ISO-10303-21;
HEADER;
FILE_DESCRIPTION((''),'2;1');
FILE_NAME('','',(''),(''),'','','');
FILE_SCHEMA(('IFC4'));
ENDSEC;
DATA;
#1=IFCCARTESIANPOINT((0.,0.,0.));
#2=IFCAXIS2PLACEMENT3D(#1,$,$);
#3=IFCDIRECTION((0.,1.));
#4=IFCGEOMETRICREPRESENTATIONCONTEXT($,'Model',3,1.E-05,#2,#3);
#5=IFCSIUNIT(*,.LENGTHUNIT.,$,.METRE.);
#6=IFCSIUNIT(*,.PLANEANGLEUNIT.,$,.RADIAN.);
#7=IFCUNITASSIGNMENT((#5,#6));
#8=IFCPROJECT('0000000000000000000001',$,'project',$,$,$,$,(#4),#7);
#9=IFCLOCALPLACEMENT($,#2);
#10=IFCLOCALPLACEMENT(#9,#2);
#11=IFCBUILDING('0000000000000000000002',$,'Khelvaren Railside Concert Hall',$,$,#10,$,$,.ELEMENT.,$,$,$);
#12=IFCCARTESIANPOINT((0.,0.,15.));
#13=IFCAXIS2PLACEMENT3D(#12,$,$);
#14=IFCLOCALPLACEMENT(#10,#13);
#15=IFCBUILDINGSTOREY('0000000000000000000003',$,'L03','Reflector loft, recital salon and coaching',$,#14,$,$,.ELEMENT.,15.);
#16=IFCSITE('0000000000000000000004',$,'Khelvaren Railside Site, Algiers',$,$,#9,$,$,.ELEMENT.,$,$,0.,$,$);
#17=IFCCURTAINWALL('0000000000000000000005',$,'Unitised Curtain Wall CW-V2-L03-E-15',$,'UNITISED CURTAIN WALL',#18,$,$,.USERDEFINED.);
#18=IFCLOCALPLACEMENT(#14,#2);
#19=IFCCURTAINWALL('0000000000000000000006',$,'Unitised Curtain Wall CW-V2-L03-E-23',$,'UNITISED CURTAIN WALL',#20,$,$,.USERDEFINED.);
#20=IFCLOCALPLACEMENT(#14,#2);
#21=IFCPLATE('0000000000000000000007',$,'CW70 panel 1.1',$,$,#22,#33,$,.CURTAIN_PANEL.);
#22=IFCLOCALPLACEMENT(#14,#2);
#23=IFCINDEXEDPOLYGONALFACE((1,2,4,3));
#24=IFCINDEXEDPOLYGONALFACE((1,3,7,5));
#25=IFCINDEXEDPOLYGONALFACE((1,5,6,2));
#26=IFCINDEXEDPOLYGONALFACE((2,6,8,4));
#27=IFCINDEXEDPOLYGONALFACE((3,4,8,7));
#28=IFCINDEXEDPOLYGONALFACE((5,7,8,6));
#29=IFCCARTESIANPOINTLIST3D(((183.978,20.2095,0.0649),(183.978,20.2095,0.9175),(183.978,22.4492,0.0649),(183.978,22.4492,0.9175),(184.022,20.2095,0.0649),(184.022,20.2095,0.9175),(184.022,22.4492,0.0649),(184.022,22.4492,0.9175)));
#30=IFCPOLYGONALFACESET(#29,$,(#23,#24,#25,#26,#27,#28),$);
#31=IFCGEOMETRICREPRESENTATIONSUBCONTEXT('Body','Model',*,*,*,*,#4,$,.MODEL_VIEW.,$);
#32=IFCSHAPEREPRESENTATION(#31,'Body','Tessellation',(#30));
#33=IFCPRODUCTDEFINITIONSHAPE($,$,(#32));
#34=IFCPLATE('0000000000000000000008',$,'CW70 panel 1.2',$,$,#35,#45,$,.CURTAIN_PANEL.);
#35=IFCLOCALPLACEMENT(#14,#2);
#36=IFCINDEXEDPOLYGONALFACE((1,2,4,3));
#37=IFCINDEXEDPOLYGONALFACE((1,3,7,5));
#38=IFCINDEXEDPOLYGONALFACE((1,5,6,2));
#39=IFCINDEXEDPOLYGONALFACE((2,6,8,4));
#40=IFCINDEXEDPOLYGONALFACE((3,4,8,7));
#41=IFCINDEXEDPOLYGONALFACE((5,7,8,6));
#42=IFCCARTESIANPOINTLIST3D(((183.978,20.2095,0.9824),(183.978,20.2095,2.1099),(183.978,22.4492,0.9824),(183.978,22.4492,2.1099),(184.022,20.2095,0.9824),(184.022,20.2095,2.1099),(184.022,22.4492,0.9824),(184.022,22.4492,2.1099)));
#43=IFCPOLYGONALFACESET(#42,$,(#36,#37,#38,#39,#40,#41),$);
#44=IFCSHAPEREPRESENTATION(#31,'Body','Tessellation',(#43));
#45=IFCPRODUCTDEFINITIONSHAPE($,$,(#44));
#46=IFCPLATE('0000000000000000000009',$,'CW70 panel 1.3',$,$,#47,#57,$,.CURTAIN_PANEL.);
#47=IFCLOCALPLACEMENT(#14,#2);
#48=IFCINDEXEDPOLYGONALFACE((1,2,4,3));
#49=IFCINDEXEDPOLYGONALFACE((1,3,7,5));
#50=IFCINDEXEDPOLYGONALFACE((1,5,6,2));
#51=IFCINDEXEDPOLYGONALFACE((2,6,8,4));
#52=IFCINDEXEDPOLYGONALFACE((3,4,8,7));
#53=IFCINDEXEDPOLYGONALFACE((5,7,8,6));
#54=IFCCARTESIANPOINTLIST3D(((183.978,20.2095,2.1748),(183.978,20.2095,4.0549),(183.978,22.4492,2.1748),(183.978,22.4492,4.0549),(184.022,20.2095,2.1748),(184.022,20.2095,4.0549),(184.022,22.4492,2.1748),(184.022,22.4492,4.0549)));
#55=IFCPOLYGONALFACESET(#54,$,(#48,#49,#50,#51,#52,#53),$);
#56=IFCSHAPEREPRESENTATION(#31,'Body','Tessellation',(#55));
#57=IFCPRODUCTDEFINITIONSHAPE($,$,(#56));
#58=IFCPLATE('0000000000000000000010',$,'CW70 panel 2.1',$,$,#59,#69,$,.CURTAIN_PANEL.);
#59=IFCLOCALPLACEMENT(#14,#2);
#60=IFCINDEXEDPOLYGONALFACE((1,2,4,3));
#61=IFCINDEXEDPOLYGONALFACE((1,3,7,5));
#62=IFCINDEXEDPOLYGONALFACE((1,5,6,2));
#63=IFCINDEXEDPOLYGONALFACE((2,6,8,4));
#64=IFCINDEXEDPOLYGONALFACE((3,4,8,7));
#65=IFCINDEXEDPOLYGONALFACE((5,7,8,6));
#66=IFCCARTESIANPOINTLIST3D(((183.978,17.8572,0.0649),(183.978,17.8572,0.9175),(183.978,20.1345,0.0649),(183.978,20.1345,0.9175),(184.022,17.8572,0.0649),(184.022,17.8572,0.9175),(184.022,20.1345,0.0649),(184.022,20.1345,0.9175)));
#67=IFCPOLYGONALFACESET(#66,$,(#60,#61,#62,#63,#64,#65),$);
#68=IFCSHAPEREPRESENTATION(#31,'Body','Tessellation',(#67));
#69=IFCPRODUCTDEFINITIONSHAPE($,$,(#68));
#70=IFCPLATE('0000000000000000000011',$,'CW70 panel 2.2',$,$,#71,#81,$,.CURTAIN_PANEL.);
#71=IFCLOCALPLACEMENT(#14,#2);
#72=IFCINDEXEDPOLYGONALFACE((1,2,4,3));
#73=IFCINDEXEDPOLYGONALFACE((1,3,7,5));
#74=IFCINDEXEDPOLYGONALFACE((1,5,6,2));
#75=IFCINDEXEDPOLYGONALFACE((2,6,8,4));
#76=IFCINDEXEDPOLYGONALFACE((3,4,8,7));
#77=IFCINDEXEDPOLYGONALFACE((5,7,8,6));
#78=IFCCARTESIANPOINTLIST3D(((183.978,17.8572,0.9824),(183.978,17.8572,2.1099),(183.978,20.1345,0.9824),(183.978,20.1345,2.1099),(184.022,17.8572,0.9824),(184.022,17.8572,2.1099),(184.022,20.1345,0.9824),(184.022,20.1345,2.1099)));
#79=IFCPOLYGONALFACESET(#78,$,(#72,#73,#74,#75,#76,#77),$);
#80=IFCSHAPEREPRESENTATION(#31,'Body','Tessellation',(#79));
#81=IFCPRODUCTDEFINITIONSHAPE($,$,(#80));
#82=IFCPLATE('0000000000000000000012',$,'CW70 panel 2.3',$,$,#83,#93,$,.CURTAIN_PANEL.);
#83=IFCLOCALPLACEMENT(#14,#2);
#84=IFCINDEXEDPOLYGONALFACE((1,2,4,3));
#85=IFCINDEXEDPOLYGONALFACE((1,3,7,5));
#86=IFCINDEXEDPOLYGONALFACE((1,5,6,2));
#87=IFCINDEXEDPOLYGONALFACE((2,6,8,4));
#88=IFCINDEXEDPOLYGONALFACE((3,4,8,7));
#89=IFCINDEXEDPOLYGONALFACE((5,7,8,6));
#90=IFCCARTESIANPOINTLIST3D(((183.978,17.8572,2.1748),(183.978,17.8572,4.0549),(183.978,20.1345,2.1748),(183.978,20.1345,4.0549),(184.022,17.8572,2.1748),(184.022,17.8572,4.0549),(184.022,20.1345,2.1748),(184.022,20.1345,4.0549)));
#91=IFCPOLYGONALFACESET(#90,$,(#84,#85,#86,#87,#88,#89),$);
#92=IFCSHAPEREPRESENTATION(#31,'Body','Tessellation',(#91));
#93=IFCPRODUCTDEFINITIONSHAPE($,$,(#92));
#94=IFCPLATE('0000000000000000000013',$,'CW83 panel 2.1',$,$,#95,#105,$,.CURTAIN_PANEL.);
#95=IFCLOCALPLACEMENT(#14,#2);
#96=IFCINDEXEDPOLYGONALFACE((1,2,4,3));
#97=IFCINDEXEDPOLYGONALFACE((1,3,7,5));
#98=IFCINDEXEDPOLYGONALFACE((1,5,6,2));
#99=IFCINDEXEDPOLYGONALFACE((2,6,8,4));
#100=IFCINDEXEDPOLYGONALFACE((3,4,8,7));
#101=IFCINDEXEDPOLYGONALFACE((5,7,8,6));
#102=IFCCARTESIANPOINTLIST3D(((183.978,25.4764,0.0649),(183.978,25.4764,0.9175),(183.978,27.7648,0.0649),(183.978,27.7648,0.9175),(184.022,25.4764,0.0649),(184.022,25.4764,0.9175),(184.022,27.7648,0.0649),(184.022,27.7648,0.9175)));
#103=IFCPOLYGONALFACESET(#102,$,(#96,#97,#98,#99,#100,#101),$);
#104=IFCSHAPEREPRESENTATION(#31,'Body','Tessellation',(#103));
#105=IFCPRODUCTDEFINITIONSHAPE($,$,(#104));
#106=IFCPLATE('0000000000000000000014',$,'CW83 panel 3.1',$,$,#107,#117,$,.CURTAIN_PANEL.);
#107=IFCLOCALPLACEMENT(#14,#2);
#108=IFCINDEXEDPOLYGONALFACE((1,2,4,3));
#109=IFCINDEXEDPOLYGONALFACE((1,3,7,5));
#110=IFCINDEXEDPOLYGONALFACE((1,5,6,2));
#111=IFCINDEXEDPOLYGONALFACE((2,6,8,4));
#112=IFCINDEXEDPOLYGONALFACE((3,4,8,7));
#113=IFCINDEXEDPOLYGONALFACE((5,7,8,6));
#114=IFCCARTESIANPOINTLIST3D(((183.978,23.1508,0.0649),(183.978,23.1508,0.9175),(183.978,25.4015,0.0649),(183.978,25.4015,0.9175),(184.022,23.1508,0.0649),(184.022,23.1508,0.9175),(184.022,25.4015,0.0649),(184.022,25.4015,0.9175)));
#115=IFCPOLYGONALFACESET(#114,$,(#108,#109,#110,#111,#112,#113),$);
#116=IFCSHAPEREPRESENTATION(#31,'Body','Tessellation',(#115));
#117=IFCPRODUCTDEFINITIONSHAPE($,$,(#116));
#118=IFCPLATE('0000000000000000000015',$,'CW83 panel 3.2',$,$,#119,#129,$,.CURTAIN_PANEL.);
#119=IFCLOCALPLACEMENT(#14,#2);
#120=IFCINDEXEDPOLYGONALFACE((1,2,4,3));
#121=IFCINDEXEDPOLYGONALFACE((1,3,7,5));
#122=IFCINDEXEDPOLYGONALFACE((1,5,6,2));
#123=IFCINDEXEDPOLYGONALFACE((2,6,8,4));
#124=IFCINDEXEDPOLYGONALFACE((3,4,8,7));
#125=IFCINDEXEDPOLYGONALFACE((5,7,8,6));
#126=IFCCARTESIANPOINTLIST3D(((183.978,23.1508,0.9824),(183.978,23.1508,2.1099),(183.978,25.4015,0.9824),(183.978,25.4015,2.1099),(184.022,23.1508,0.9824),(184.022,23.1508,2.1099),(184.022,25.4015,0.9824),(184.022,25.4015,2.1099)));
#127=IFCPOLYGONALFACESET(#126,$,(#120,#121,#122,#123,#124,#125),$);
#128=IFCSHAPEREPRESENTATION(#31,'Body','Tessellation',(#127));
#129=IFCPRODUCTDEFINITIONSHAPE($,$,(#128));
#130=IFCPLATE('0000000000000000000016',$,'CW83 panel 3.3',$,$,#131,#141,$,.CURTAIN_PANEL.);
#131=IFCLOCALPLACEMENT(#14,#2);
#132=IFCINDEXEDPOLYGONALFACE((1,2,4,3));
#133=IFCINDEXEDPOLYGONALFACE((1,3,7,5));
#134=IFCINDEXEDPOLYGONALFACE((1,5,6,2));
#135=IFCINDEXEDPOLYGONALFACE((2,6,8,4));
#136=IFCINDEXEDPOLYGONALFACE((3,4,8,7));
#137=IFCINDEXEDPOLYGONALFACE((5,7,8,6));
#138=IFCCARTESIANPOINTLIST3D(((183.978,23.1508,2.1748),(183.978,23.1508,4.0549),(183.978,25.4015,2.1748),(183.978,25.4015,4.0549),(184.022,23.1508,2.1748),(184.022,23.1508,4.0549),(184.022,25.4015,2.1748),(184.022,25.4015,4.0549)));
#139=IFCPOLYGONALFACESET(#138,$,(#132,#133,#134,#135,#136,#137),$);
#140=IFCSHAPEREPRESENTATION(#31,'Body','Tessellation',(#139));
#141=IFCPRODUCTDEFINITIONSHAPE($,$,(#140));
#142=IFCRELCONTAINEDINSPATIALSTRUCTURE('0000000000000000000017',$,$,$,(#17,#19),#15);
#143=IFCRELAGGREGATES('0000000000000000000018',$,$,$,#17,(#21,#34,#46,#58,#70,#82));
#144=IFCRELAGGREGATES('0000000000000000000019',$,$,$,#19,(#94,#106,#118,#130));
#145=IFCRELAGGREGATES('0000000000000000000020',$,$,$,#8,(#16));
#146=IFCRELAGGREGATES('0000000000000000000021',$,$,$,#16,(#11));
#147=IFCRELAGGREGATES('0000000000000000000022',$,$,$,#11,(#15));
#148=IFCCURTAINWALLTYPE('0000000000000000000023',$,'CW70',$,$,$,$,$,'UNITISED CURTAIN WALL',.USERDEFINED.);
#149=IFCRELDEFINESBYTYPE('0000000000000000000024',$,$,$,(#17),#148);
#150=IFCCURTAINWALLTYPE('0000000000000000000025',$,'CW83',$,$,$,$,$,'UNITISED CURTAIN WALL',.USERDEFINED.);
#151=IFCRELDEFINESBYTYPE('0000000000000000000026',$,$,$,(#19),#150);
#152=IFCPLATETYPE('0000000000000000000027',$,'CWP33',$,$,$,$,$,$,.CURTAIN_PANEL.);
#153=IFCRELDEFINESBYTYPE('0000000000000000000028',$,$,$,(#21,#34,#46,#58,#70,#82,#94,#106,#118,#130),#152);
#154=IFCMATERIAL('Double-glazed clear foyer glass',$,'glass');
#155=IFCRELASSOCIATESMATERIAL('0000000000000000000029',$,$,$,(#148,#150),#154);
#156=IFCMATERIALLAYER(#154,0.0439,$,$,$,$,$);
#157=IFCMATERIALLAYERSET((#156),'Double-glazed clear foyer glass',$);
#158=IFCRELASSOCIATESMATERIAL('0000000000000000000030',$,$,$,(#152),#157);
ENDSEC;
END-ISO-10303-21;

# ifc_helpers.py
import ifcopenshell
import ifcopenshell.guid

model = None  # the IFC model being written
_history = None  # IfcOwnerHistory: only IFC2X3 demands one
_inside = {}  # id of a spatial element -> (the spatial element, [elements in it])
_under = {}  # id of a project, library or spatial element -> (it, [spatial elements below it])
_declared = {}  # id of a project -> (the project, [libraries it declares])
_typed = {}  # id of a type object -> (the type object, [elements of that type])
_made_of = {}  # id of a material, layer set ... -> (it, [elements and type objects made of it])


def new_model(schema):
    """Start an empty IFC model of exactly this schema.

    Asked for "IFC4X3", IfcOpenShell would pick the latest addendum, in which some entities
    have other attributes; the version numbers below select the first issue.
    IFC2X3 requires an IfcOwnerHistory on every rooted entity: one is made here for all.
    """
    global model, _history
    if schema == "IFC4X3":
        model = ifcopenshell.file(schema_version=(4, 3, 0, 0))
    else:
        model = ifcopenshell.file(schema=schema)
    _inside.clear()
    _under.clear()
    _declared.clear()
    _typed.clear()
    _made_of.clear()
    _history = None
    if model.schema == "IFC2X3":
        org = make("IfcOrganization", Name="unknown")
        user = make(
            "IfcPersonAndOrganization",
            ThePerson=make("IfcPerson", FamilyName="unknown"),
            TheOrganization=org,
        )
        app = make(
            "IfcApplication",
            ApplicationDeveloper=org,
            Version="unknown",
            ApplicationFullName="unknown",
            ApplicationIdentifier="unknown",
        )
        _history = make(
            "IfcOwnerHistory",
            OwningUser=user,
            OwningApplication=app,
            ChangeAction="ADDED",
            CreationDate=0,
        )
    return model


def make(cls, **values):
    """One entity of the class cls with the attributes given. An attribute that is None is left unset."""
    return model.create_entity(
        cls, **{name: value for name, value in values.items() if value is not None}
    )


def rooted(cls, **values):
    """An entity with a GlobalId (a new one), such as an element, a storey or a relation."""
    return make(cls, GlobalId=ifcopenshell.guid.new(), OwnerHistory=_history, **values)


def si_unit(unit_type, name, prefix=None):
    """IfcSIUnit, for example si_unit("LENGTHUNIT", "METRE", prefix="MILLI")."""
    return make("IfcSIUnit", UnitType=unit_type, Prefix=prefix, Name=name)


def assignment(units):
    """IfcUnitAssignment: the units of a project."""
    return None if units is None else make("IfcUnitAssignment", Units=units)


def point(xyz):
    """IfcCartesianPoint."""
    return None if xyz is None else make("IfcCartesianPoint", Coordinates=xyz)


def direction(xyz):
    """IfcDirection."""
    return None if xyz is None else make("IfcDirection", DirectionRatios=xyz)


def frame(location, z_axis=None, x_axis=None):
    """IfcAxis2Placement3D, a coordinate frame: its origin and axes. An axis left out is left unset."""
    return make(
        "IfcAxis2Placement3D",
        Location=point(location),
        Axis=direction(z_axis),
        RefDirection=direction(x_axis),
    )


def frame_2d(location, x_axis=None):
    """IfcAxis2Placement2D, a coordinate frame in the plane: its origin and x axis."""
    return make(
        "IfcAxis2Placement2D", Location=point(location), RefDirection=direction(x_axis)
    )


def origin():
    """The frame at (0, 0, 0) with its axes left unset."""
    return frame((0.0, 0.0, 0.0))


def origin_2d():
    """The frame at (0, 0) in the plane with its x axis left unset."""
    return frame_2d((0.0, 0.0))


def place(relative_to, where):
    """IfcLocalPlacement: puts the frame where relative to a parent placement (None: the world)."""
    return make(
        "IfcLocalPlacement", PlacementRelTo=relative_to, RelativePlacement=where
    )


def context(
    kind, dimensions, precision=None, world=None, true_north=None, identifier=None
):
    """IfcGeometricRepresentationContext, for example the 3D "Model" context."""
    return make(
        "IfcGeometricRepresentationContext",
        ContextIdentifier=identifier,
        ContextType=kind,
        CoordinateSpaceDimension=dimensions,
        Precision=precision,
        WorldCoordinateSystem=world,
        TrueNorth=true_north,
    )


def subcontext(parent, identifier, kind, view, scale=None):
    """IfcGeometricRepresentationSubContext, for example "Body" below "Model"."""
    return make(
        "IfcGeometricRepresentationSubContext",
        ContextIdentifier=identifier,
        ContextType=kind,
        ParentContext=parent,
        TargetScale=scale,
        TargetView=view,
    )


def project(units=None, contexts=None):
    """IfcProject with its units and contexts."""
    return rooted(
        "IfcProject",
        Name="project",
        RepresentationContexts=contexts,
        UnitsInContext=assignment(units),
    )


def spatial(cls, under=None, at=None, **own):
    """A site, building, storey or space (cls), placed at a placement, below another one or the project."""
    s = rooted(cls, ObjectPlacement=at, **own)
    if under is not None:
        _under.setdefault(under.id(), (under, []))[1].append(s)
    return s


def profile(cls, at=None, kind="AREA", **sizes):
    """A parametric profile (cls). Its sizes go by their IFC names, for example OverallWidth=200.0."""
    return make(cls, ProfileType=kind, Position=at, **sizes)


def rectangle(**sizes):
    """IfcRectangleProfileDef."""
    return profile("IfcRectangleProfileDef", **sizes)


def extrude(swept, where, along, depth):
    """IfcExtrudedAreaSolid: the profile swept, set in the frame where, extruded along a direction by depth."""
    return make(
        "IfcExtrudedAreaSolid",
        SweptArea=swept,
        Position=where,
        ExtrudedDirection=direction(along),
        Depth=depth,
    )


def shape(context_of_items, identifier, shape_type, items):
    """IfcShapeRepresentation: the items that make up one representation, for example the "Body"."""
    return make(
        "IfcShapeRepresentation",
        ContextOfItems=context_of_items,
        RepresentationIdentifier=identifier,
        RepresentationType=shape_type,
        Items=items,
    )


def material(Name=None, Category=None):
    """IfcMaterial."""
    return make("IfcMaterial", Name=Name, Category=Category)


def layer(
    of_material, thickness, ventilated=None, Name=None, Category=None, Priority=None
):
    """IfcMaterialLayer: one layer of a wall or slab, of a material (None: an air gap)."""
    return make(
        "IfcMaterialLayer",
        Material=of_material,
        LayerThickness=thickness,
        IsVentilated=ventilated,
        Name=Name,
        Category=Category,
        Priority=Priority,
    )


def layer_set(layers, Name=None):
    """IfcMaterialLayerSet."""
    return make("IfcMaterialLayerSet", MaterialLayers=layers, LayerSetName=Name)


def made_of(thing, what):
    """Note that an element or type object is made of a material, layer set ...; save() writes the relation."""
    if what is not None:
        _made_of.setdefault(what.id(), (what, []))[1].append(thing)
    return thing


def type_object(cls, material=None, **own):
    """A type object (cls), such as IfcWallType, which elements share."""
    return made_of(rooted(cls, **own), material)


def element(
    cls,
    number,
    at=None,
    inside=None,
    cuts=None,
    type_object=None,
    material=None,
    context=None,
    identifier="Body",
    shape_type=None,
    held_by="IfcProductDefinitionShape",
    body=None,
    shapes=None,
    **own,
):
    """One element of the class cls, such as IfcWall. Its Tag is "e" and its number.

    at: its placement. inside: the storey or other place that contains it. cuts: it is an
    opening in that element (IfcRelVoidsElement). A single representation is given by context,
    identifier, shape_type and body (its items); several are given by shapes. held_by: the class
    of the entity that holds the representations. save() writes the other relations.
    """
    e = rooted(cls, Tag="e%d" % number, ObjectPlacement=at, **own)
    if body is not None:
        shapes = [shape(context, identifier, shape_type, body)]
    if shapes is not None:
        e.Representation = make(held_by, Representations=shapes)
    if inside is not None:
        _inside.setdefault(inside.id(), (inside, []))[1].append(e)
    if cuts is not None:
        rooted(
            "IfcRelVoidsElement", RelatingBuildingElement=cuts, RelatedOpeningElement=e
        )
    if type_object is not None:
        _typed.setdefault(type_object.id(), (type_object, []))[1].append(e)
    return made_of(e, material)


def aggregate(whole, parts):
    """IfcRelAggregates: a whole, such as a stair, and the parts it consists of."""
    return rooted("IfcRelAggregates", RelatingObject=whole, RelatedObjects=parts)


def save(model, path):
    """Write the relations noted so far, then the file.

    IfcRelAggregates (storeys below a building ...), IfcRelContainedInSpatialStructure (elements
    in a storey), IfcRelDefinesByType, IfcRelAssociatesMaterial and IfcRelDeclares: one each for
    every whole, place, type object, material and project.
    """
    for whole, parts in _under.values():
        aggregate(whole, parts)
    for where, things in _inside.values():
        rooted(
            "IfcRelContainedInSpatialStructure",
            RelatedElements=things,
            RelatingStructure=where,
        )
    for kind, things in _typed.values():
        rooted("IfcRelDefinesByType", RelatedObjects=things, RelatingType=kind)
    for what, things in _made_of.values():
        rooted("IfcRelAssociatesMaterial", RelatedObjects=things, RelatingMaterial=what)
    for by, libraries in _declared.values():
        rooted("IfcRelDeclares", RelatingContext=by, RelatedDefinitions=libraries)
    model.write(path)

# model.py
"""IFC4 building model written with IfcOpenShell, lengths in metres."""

from ifc_helpers import new_model, si_unit, direction, frame, origin, origin_2d, place, context, subcontext, project, spatial, rectangle, extrude, material, layer, layer_set, type_object, element, aggregate, save


model = new_model("IFC4")

# Units and contexts
model_context = context("Model", 3, precision=1e-05, world=origin(), true_north=direction((0.0, 1.0)))
body_context = subcontext(model_context, "Body", "Model", "MODEL_VIEW")
ifc_project = project(units=[si_unit("LENGTHUNIT", "METRE"), si_unit("PLANEANGLEUNIT", "RADIAN")], contexts=[model_context])

# Site, building, storey
site_placement = place(None, origin())
site = spatial("IfcSite", under=ifc_project, at=site_placement, Name="Khelvaren Railside Site, Algiers", CompositionType="ELEMENT", RefElevation=0.0)
building_placement = place(site_placement, origin())
building = spatial("IfcBuilding", under=site, at=building_placement, Name="Khelvaren Railside Concert Hall", CompositionType="ELEMENT")
storey_placement = place(building_placement, frame((0.0, 0.0, 15.0)))
storey = spatial("IfcBuildingStorey", under=building, at=storey_placement, Name="L03", Description="Reflector loft, recital salon and coaching", CompositionType="ELEMENT", Elevation=15.0)

# Curtain walls
ifc_material_1 = material(Name="Double-glazed clear foyer glass", Category="glass")
curtain_wall_type_1 = type_object("IfcCurtainWallType", Name="CW70", ElementType="UNITISED CURTAIN WALL", PredefinedType="USERDEFINED", material=ifc_material_1)
curtain_wall_1_placement = place(storey_placement, origin())
curtain_wall_1 = element("IfcCurtainWall", 1, at=curtain_wall_1_placement, inside=storey, type_object=curtain_wall_type_1, Name="Unitised Curtain Wall CW-V2-L03-E-15", ObjectType="UNITISED CURTAIN WALL", PredefinedType="USERDEFINED")
curtain_wall_type_2 = type_object("IfcCurtainWallType", Name="CW83", ElementType="UNITISED CURTAIN WALL", PredefinedType="USERDEFINED", material=ifc_material_1)
curtain_wall_2_placement = place(storey_placement, origin())
curtain_wall_2 = element("IfcCurtainWall", 2, at=curtain_wall_2_placement, inside=storey, type_object=curtain_wall_type_2, Name="Unitised Curtain Wall CW-V2-L03-E-23", ObjectType="UNITISED CURTAIN WALL", PredefinedType="USERDEFINED")

# Plates
ifc_layer = layer(ifc_material_1, 0.0439)
ifc_layer_set = layer_set([ifc_layer], Name="Double-glazed clear foyer glass")
plate_type = type_object("IfcPlateType", Name="CWP33", PredefinedType="CURTAIN_PANEL", material=ifc_layer_set)
plate_1_placement = place(storey_placement, frame((184.0, 21.3293, 0.0649), z_axis=(0.0, 0.0, 1.0), x_axis=(0.0, -1.0, 0.0)))
plate_1 = element("IfcPlate", 3, at=plate_1_placement, type_object=plate_type, Name="CW70 panel 1.1", PredefinedType="CURTAIN_PANEL", context=body_context, shape_type="SweptSolid", body=[
    extrude(rectangle(XDim=2.2397, YDim=0.0439, at=origin_2d()), origin(), (0.0, 0.0, 1.0), 0.8525),
])
plate_2_placement = place(storey_placement, frame((184.0, 21.3293, 0.9824), z_axis=(0.0, 0.0, 1.0), x_axis=(0.0, -1.0, 0.0)))
plate_2 = element("IfcPlate", 4, at=plate_2_placement, type_object=plate_type, Name="CW70 panel 1.2", PredefinedType="CURTAIN_PANEL", context=body_context, shape_type="SweptSolid", body=[
    extrude(rectangle(XDim=2.2397, YDim=0.0439, at=origin_2d()), origin(), (0.0, 0.0, 1.0), 1.1274),
])
plate_3_placement = place(storey_placement, frame((184.0, 21.3293, 2.1748), z_axis=(0.0, 0.0, 1.0), x_axis=(0.0, -1.0, 0.0)))
plate_3 = element("IfcPlate", 5, at=plate_3_placement, type_object=plate_type, Name="CW70 panel 1.3", PredefinedType="CURTAIN_PANEL", context=body_context, shape_type="SweptSolid", body=[
    extrude(rectangle(XDim=2.2397, YDim=0.0439, at=origin_2d()), origin(), (0.0, 0.0, 1.0), 1.8801),
])
plate_4_placement = place(storey_placement, frame((184.0, 18.9958, 0.0649), z_axis=(0.0, 0.0, 1.0), x_axis=(0.0, -1.0, 0.0)))
plate_4 = element("IfcPlate", 6, at=plate_4_placement, type_object=plate_type, Name="CW70 panel 2.1", PredefinedType="CURTAIN_PANEL", context=body_context, shape_type="SweptSolid", body=[
    extrude(rectangle(XDim=2.2773, YDim=0.0439, at=origin_2d()), origin(), (0.0, 0.0, 1.0), 0.8525),
])
plate_5_placement = place(storey_placement, frame((184.0, 18.9958, 0.9824), z_axis=(0.0, 0.0, 1.0), x_axis=(0.0, -1.0, 0.0)))
plate_5 = element("IfcPlate", 7, at=plate_5_placement, type_object=plate_type, Name="CW70 panel 2.2", PredefinedType="CURTAIN_PANEL", context=body_context, shape_type="SweptSolid", body=[
    extrude(rectangle(XDim=2.2773, YDim=0.0439, at=origin_2d()), origin(), (0.0, 0.0, 1.0), 1.1274),
])
plate_6_placement = place(storey_placement, frame((184.0, 18.9958, 2.1748), z_axis=(0.0, 0.0, 1.0), x_axis=(0.0, -1.0, 0.0)))
plate_6 = element("IfcPlate", 8, at=plate_6_placement, type_object=plate_type, Name="CW70 panel 2.3", PredefinedType="CURTAIN_PANEL", context=body_context, shape_type="SweptSolid", body=[
    extrude(rectangle(XDim=2.2773, YDim=0.0439, at=origin_2d()), origin(), (0.0, 0.0, 1.0), 1.8801),
])
aggregate(curtain_wall_1, [plate_1, plate_2, plate_3, plate_4, plate_5, plate_6])
plate_7_placement = place(storey_placement, frame((184.0, 26.6206, 0.0649), z_axis=(0.0, 0.0, 1.0), x_axis=(0.0, -1.0, 0.0)))
plate_7 = element("IfcPlate", 9, at=plate_7_placement, type_object=plate_type, Name="CW83 panel 2.1", PredefinedType="CURTAIN_PANEL", context=body_context, shape_type="SweptSolid", body=[
    extrude(rectangle(XDim=2.2883, YDim=0.0439, at=origin_2d()), origin(), (0.0, 0.0, 1.0), 0.8525),
])
plate_8_placement = place(storey_placement, frame((184.0, 24.2761, 0.0649), z_axis=(0.0, 0.0, 1.0), x_axis=(0.0, -1.0, 0.0)))
plate_8 = element("IfcPlate", 10, at=plate_8_placement, type_object=plate_type, Name="CW83 panel 3.1", PredefinedType="CURTAIN_PANEL", context=body_context, shape_type="SweptSolid", body=[
    extrude(rectangle(XDim=2.2507, YDim=0.0439, at=origin_2d()), origin(), (0.0, 0.0, 1.0), 0.8525),
])
plate_9_placement = place(storey_placement, frame((184.0, 24.2761, 0.9824), z_axis=(0.0, 0.0, 1.0), x_axis=(0.0, -1.0, 0.0)))
plate_9 = element("IfcPlate", 11, at=plate_9_placement, type_object=plate_type, Name="CW83 panel 3.2", PredefinedType="CURTAIN_PANEL", context=body_context, shape_type="SweptSolid", body=[
    extrude(rectangle(XDim=2.2507, YDim=0.0439, at=origin_2d()), origin(), (0.0, 0.0, 1.0), 1.1274),
])
plate_10_placement = place(storey_placement, frame((184.0, 24.2761, 2.1748), z_axis=(0.0, 0.0, 1.0), x_axis=(0.0, -1.0, 0.0)))
plate_10 = element("IfcPlate", 12, at=plate_10_placement, type_object=plate_type, Name="CW83 panel 3.3", PredefinedType="CURTAIN_PANEL", context=body_context, shape_type="SweptSolid", body=[
    extrude(rectangle(XDim=2.2507, YDim=0.0439, at=origin_2d()), origin(), (0.0, 0.0, 1.0), 1.8801),
])
aggregate(curtain_wall_2, [plate_7, plate_8, plate_9, plate_10])

save(model, "model.ifc")
